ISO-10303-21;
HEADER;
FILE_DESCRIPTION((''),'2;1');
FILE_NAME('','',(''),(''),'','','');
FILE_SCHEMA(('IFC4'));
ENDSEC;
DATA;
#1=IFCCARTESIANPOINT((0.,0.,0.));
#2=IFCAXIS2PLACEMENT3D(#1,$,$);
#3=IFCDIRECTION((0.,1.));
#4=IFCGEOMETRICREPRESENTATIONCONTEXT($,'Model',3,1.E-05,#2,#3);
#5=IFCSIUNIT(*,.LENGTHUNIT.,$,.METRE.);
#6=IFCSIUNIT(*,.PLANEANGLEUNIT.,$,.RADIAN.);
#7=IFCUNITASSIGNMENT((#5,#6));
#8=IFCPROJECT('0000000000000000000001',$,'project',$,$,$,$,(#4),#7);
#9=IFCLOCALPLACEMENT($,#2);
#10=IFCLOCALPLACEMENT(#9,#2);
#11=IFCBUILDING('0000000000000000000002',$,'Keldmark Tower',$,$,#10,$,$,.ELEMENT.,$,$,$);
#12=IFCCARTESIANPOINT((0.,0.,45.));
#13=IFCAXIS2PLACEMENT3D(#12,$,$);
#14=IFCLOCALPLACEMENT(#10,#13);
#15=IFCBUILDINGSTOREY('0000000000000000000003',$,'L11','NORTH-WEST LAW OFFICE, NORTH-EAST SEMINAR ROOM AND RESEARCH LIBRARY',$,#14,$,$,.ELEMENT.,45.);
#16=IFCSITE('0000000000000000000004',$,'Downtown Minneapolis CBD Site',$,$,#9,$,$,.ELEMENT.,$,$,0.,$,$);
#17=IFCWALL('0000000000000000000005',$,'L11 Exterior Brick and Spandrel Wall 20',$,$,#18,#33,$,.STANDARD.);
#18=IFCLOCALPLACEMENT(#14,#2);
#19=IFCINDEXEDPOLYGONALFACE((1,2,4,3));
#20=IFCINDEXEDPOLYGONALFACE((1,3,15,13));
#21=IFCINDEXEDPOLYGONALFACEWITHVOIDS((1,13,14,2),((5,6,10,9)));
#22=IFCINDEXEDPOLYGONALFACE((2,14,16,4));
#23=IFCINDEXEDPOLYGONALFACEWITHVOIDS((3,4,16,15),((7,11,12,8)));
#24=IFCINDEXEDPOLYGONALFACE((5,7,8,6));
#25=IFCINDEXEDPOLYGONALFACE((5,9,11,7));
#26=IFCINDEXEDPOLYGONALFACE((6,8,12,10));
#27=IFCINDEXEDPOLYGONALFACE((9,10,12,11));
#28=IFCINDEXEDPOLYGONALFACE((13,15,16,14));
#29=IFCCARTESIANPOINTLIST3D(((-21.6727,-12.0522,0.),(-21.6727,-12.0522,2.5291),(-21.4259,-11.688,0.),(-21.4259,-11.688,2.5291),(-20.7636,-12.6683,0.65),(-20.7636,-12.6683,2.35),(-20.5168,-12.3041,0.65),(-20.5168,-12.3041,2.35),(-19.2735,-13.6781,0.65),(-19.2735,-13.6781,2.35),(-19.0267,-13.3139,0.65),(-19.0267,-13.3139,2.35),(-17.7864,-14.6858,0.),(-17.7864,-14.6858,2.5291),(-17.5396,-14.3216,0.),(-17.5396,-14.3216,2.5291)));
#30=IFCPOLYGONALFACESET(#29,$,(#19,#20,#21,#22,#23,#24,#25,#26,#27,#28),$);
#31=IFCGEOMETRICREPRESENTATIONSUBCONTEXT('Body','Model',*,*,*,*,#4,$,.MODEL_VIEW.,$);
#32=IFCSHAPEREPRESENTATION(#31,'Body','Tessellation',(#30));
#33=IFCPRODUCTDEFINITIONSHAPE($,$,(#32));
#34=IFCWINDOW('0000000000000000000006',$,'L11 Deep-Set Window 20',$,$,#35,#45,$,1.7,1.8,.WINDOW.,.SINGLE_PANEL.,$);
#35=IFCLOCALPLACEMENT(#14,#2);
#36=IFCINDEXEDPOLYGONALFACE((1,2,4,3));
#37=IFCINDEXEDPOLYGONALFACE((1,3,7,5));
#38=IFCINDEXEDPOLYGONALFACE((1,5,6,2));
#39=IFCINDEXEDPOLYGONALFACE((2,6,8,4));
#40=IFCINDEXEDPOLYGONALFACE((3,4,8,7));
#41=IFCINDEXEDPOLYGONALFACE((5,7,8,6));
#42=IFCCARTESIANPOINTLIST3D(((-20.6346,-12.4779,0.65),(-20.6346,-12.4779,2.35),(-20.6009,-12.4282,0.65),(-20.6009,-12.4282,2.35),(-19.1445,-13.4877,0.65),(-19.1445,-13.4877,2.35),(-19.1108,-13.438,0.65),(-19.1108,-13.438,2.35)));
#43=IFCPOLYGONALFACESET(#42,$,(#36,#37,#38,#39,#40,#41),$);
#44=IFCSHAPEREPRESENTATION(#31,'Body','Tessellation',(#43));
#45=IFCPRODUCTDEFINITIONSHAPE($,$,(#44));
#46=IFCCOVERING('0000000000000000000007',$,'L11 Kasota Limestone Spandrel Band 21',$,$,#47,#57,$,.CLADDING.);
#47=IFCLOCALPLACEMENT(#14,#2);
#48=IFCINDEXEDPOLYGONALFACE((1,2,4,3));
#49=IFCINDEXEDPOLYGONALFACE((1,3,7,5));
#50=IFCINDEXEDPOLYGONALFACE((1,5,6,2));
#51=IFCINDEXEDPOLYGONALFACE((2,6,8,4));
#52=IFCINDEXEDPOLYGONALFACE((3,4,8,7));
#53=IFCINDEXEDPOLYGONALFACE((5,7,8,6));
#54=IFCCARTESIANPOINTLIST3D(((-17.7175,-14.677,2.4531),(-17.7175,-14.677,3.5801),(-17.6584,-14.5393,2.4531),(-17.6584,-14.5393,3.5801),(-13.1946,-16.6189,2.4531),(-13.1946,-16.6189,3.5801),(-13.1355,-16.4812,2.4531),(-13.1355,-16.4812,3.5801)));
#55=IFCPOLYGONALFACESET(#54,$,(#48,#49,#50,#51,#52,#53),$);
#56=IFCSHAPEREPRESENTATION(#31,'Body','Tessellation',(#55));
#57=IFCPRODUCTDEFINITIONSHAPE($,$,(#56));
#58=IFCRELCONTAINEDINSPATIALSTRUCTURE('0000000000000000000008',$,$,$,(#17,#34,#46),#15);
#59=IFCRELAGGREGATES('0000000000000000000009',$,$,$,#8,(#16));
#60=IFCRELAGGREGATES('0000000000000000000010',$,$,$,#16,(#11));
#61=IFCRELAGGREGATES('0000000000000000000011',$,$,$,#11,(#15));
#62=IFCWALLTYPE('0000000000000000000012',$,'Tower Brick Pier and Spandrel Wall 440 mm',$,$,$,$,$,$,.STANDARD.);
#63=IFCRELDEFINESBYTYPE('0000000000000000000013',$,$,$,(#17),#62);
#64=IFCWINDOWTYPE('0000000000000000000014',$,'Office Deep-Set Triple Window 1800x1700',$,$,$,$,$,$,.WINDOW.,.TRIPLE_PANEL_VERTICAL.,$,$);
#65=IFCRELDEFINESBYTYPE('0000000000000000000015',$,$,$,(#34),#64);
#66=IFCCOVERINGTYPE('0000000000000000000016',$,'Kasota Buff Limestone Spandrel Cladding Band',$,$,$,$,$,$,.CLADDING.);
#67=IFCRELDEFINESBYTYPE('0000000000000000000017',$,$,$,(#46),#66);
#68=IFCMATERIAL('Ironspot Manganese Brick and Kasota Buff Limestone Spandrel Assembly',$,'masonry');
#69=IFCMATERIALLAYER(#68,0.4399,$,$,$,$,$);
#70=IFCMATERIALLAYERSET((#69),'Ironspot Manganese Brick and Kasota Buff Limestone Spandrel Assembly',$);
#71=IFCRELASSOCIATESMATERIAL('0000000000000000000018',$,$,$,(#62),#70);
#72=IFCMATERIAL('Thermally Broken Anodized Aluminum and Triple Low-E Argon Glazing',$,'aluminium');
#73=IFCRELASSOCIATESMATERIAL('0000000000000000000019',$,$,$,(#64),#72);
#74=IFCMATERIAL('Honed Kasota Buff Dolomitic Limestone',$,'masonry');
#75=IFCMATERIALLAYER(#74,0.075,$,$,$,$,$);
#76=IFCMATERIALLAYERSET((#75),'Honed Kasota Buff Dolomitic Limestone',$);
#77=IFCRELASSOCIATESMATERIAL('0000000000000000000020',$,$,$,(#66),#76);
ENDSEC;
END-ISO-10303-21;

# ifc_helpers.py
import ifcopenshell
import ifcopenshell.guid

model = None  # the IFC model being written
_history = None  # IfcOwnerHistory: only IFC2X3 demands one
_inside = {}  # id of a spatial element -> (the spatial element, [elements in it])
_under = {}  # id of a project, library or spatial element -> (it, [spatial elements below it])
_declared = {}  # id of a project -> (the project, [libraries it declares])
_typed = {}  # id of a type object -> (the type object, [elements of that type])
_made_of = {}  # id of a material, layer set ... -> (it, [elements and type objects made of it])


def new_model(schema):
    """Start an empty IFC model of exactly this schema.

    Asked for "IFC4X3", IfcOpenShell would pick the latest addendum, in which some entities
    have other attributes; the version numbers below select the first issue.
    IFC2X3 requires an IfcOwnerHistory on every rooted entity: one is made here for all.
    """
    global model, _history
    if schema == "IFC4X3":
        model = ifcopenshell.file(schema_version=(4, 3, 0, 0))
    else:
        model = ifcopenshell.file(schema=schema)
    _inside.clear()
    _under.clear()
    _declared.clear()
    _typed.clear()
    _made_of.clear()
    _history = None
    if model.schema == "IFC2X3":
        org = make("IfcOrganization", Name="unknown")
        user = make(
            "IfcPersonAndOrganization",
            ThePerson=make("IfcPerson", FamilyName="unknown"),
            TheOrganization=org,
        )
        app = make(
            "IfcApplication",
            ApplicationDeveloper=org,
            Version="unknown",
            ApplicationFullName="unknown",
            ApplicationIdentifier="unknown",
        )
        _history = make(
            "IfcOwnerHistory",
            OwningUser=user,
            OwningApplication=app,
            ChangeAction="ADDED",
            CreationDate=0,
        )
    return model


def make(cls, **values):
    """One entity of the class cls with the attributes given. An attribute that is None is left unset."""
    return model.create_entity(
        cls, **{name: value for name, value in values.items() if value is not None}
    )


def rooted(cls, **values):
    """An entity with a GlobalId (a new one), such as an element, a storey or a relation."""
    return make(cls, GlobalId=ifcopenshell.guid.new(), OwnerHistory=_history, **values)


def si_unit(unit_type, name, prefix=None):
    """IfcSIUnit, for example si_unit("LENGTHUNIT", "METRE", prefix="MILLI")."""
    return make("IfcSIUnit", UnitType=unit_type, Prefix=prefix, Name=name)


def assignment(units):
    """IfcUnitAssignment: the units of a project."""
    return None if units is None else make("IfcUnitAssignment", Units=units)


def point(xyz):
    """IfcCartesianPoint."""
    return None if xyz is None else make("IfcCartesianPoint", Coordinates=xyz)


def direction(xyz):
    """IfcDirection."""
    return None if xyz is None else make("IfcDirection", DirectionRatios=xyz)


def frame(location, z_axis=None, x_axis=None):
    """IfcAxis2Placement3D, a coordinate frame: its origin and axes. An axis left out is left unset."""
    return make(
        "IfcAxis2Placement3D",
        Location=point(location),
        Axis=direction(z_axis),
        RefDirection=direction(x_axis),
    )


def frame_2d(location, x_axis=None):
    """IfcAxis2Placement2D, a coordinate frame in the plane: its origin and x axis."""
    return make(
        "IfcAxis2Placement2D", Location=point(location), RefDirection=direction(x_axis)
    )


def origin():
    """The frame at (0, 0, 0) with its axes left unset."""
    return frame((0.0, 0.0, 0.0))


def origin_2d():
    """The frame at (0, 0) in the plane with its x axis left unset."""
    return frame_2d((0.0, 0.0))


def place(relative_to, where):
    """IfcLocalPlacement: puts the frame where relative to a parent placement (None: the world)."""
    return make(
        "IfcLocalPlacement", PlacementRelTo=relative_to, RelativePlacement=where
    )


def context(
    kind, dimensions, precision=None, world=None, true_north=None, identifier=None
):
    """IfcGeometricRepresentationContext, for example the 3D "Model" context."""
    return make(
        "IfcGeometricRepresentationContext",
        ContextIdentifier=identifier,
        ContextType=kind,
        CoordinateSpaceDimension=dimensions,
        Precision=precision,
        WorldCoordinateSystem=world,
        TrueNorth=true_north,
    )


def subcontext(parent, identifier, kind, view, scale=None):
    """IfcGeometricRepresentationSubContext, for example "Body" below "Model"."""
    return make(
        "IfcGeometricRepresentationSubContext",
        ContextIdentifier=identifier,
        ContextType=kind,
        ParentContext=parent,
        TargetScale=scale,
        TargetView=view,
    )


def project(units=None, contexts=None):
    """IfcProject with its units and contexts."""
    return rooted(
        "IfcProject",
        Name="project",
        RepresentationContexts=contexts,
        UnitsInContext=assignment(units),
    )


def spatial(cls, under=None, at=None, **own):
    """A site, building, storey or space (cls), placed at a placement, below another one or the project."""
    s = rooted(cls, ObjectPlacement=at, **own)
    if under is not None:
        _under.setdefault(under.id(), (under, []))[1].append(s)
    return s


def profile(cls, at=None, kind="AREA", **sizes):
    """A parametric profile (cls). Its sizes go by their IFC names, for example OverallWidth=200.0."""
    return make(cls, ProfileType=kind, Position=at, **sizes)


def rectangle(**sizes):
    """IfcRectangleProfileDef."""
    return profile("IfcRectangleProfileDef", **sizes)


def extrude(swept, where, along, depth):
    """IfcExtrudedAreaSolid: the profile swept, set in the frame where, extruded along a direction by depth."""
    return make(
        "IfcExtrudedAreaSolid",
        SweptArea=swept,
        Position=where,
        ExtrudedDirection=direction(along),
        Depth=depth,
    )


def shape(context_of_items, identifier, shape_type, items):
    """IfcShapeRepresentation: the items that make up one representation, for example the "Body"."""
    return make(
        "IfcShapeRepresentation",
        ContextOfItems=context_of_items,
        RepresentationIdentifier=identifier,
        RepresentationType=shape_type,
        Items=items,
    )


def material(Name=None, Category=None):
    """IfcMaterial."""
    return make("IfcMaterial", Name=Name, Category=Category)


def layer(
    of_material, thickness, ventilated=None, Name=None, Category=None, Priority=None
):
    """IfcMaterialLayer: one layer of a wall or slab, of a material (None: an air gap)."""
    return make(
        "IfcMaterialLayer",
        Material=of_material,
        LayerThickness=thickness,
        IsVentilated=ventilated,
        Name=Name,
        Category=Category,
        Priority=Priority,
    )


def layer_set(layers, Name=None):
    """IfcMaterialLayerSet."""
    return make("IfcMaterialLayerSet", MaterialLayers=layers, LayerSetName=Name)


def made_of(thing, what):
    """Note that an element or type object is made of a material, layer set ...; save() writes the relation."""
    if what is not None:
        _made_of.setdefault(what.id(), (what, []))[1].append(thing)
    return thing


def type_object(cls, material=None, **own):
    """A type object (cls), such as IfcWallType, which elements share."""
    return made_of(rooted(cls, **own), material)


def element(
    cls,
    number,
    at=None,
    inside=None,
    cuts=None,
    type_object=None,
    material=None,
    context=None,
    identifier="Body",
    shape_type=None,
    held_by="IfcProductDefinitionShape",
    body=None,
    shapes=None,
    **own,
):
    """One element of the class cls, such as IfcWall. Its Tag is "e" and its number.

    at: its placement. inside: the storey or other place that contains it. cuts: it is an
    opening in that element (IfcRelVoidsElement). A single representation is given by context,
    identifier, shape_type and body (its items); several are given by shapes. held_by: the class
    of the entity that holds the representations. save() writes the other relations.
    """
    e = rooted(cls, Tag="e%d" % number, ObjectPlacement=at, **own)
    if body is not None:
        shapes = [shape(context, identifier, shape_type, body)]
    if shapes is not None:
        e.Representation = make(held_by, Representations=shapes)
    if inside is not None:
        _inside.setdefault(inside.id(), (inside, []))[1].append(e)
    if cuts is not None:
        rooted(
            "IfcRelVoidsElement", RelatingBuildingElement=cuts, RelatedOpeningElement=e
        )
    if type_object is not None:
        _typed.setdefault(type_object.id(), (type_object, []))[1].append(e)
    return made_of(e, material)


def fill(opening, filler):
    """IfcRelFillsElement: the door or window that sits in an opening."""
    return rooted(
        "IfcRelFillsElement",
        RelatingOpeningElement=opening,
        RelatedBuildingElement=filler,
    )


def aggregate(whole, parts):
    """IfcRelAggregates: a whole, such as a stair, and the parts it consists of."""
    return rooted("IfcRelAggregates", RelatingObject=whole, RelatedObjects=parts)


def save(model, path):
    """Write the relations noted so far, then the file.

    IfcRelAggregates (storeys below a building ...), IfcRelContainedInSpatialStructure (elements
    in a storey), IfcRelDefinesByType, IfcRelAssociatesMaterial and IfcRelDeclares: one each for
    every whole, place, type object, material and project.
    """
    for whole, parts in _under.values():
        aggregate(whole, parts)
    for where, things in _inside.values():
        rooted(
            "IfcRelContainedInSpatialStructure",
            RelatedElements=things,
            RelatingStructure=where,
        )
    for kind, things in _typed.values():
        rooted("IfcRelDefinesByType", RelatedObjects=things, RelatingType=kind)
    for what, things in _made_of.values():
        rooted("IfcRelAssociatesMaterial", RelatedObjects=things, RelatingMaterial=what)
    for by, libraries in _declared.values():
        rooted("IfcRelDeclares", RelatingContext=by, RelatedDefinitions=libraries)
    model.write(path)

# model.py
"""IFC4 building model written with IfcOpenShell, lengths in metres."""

from ifc_helpers import new_model, si_unit, direction, frame, frame_2d, origin, origin_2d, place, context, subcontext, project, spatial, rectangle, extrude, material, layer, layer_set, type_object, element, fill, save


model = new_model("IFC4")

# Units and contexts
model_context = context("Model", 3, precision=1e-05, world=origin(), true_north=direction((0.0, 1.0)))
body_context = subcontext(model_context, "Body", "Model", "MODEL_VIEW")
ifc_project = project(units=[si_unit("LENGTHUNIT", "METRE"), si_unit("PLANEANGLEUNIT", "RADIAN")], contexts=[model_context])

# Site, building, storey
site_placement = place(None, origin())
site = spatial("IfcSite", under=ifc_project, at=site_placement, Name="Downtown Minneapolis CBD Site", CompositionType="ELEMENT", RefElevation=0.0)
building_placement = place(site_placement, origin())
building = spatial("IfcBuilding", under=site, at=building_placement, Name="Keldmark Tower", CompositionType="ELEMENT")
storey_placement = place(building_placement, frame((0.0, 0.0, 45.0)))
storey = spatial("IfcBuildingStorey", under=building, at=storey_placement, Name="L11", Description="NORTH-WEST LAW OFFICE, NORTH-EAST SEMINAR ROOM AND RESEARCH LIBRARY", CompositionType="ELEMENT", Elevation=45.0)

# Wall, opening, window
ifc_material_1 = material(Name="Ironspot Manganese Brick and Kasota Buff Limestone Spandrel Assembly", Category="masonry")
ifc_layer_1 = layer(ifc_material_1, 0.4399)
ifc_layer_set_1 = layer_set([ifc_layer_1], Name="Ironspot Manganese Brick and Kasota Buff Limestone Spandrel Assembly")
wall_type_1 = type_object("IfcWallType", Name="Tower Brick Pier and Spandrel Wall 440 mm", PredefinedType="STANDARD", material=ifc_layer_set_1)
wall_1_placement = place(storey_placement, frame((-17.6631, -14.5037, 0.0), z_axis=(0.0, 0.0, 1.0), x_axis=(-0.827826, 0.560985, 0.0)))
wall_1 = element("IfcWall", 1, at=wall_1_placement, inside=storey, type_object=wall_type_1, Name="L11 Exterior Brick and Spandrel Wall 20", PredefinedType="STANDARD", context=body_context, shape_type="SweptSolid", body=[
    extrude(rectangle(XDim=4.6946, YDim=0.4399, at=frame_2d((2.3472, 0.0))), origin(), (0.0, 0.0, 1.0), 2.5291),
])
opening_1_placement = place(wall_1_placement, frame((1.7964, 0.0, 0.6499)))
opening_1 = element("IfcOpeningElement", 2, at=opening_1_placement, cuts=wall_1, PredefinedType="OPENING", context=body_context, shape_type="SweptSolid", body=[
    extrude(rectangle(XDim=1.8, YDim=1.7, at=frame_2d((0.8999, 0.8501))), frame((0.0, 0.23, 0.0), z_axis=(0.0, -1.0, 0.0), x_axis=(1.0, 0.0, 0.0)), (0.0, 0.0, 1.0), 0.46),
])
ifc_material_2 = material(Name="Thermally Broken Anodized Aluminum and Triple Low-E Argon Glazing", Category="aluminium")
window_type = type_object("IfcWindowType", Name="Office Deep-Set Triple Window 1800x1700", PartitioningType="TRIPLE_PANEL_VERTICAL", PredefinedType="WINDOW", material=ifc_material_2)
window_placement = place(opening_1_placement, origin())
window = element("IfcWindow", 3, at=window_placement, inside=storey, type_object=window_type, Name="L11 Deep-Set Window 20", OverallHeight=1.7, OverallWidth=1.8, PartitioningType="SINGLE_PANEL", PredefinedType="WINDOW", context=body_context, shape_type="SweptSolid", body=[
    extrude(rectangle(XDim=1.8, YDim=1.7, at=frame_2d((0.8999, 0.8501))), frame((0.0, -0.01, 0.0), z_axis=(0.0, -1.0, 0.0), x_axis=(1.0, 0.0, 0.0)), (0.0, 0.0, 1.0), 0.0601),
])
fill(opening_1, window)

# Covering
ifc_material_3 = material(Name="Honed Kasota Buff Dolomitic Limestone", Category="masonry")
ifc_layer_2 = layer(ifc_material_3, 0.075)
ifc_layer_set_2 = layer_set([ifc_layer_2], Name="Honed Kasota Buff Dolomitic Limestone")
covering_type = type_object("IfcCoveringType", Name="Kasota Buff Limestone Spandrel Cladding Band", PredefinedType="CLADDING", material=ifc_layer_set_2)
covering_placement = place(storey_placement, frame((-15.4265, -15.5791, 2.4531), z_axis=(0.0, 0.0, 1.0), x_axis=(0.918888, -0.394519, 0.0)))
element("IfcCovering", 4, at=covering_placement, inside=storey, type_object=covering_type, Name="L11 Kasota Limestone Spandrel Band 21", PredefinedType="CLADDING", context=body_context, shape_type="SweptSolid", body=[
    extrude(rectangle(XDim=4.9221, YDim=0.1499, at=origin_2d()), origin(), (0.0, 0.0, 1.0), 1.127),
])

save(model, "model.ifc")
